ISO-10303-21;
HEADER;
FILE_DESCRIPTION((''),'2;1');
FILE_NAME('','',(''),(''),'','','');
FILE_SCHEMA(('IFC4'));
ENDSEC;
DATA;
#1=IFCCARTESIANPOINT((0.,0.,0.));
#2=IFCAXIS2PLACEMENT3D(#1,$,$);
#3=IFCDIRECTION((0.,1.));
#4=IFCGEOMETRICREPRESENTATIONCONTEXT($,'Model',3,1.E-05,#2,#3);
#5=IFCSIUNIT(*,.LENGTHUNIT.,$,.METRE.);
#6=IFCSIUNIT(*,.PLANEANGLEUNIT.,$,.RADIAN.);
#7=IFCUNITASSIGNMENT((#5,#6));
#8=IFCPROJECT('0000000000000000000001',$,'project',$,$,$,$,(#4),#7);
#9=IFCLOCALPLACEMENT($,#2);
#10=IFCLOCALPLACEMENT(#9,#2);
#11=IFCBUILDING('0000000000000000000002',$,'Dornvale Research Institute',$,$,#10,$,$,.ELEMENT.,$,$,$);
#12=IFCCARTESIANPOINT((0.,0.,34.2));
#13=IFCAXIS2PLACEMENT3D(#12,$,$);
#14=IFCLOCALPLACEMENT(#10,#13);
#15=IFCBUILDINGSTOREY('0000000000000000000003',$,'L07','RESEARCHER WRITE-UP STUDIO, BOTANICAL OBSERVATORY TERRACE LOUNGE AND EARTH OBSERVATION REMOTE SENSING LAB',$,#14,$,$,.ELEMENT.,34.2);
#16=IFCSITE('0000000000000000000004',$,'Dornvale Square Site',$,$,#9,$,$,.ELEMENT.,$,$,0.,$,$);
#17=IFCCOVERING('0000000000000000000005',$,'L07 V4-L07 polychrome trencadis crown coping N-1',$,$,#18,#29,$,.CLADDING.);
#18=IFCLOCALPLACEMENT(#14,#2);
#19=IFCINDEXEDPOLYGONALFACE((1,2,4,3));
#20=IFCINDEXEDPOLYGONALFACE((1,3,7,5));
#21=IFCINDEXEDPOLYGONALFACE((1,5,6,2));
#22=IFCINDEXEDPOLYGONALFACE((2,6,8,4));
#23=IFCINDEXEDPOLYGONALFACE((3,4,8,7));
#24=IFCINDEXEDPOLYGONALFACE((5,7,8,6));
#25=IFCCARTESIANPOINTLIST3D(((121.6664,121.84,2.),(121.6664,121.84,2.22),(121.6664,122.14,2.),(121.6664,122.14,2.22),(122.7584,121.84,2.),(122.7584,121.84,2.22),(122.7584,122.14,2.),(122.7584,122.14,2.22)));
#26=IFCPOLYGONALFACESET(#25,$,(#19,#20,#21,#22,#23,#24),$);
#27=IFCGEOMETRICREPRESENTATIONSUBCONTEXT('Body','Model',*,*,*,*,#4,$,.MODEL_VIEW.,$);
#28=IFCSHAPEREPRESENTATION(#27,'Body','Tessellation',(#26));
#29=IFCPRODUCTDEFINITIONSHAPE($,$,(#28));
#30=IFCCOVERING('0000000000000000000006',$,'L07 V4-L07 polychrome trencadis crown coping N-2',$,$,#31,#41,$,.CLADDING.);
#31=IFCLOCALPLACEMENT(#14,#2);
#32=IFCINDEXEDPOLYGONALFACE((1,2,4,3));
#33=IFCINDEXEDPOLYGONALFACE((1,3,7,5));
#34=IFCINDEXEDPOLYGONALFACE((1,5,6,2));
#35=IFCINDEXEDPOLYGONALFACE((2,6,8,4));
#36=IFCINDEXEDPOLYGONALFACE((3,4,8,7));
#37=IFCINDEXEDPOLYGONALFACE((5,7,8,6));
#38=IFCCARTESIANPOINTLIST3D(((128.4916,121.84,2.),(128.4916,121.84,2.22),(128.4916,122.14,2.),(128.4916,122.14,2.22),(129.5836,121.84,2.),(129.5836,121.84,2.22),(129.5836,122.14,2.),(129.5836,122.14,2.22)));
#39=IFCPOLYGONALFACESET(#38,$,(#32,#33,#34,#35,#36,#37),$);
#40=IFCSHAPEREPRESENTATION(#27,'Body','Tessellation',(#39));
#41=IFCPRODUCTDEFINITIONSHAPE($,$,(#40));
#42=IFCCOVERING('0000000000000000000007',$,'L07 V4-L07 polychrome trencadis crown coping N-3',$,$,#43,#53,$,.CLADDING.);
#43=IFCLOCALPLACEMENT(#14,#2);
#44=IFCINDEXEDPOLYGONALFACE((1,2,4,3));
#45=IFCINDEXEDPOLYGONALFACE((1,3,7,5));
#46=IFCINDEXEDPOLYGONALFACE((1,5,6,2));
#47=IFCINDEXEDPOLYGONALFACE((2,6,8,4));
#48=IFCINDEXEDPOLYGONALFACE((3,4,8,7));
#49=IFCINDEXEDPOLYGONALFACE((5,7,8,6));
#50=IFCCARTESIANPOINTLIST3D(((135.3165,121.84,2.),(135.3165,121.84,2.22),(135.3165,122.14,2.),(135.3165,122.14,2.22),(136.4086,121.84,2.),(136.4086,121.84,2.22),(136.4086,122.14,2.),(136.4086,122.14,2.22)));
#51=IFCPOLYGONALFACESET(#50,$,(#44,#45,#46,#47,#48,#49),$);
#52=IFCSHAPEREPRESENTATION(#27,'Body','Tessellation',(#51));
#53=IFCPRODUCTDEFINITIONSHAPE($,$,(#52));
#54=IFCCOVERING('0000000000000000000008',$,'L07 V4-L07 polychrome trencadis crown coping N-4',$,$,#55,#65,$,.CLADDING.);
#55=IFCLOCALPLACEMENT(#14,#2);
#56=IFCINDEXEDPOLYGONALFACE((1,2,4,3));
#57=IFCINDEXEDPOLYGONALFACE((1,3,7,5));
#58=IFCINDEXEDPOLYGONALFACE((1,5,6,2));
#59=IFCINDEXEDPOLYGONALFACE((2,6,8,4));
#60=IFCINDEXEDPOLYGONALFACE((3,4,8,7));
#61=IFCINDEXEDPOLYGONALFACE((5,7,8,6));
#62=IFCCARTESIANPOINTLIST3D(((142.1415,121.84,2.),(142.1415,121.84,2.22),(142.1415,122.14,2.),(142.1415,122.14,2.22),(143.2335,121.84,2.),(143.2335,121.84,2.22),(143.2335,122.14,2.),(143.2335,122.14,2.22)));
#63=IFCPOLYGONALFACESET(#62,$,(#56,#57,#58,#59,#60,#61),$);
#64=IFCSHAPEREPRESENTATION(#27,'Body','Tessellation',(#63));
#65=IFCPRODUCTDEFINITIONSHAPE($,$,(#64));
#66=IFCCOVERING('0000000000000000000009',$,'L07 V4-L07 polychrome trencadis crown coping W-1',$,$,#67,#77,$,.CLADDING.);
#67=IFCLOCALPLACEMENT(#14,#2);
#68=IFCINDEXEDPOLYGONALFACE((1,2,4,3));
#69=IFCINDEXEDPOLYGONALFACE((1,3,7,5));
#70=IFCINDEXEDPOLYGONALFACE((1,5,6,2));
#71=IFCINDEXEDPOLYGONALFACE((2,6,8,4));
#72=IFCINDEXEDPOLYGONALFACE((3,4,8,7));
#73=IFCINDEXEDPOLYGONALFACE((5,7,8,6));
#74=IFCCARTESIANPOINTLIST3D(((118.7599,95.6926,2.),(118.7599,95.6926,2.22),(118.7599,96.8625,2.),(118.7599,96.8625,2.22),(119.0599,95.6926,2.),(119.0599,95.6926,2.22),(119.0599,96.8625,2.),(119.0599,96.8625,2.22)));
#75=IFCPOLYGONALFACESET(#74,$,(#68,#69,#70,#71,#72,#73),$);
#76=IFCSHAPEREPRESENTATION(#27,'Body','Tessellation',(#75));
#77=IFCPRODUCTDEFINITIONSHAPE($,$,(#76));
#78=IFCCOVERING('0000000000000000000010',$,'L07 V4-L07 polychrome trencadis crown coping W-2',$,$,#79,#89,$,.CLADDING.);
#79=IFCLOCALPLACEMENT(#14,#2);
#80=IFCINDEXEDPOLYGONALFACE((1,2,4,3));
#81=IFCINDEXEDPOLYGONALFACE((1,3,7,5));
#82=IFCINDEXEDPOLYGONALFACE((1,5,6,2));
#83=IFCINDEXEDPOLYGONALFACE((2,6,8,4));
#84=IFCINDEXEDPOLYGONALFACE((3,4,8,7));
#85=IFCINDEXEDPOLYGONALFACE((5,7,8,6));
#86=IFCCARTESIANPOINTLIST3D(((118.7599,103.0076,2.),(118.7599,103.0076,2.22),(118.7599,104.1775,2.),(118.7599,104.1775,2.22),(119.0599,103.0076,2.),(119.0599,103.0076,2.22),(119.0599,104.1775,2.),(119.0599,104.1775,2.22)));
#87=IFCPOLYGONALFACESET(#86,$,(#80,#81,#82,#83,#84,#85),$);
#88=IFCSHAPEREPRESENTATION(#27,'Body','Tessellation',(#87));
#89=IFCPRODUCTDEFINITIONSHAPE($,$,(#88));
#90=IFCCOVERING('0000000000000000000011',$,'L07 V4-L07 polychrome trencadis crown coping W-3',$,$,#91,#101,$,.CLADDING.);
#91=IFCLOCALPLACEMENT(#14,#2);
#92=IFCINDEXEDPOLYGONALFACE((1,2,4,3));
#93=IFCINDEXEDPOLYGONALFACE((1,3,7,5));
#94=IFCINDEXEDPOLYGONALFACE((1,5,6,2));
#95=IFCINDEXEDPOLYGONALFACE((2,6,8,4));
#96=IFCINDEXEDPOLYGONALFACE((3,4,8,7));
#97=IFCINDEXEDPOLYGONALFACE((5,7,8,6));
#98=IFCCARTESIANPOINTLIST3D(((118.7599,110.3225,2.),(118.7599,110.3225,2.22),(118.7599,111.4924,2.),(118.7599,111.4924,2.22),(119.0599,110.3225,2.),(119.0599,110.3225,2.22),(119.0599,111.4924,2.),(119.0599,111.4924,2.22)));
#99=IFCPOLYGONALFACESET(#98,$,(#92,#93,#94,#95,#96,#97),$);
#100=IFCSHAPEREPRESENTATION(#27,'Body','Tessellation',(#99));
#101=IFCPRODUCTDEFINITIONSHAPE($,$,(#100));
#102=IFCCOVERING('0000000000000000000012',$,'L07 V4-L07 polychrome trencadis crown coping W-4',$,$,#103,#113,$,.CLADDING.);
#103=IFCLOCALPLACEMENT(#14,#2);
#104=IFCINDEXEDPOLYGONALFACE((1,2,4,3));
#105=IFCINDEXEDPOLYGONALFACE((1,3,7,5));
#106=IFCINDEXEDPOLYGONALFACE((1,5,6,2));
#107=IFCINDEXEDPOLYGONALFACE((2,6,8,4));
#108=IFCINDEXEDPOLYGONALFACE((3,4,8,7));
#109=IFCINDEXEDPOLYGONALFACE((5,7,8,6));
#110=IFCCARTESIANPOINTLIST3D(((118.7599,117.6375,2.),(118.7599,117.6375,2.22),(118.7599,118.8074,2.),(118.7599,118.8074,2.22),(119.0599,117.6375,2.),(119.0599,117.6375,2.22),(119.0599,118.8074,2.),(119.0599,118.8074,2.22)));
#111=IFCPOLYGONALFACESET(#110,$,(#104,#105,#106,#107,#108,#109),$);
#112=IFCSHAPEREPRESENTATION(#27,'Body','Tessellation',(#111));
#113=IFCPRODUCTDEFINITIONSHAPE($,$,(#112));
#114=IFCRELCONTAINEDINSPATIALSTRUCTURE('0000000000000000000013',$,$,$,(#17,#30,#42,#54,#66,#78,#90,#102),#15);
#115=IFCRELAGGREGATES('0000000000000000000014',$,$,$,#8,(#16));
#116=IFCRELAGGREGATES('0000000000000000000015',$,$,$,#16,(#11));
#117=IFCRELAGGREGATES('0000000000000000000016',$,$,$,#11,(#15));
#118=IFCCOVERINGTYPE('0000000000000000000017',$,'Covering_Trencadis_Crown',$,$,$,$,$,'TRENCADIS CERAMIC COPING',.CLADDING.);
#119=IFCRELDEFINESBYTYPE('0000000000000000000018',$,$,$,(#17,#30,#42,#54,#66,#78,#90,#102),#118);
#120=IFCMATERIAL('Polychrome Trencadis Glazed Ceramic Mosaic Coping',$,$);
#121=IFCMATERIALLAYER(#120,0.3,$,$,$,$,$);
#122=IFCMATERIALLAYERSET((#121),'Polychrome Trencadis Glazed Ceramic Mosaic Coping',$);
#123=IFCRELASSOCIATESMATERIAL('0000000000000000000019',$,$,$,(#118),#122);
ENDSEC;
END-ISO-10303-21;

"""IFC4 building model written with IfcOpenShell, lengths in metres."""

from ifc_helpers import new_model, si_unit, direction, frame, origin, origin_2d, place, context, subcontext, project, spatial, rectangle, extrude, material, layer, layer_set, type_object, element, save


model = new_model("IFC4")

# Units and contexts
model_context = context("Model", 3, precision=1e-05, world=origin(), true_north=direction((0.0, 1.0)))
body_context = subcontext(model_context, "Body", "Model", "MODEL_VIEW")
ifc_project = project(units=[si_unit("LENGTHUNIT", "METRE"), si_unit("PLANEANGLEUNIT", "RADIAN")], contexts=[model_context])

# Site, building, storey
site_placement = place(None, origin())
site = spatial("IfcSite", under=ifc_project, at=site_placement, Name="Dornvale Square Site", CompositionType="ELEMENT", RefElevation=0.0)
building_placement = place(site_placement, origin())
building = spatial("IfcBuilding", under=site, at=building_placement, Name="Dornvale Research Institute", CompositionType="ELEMENT")
storey_placement = place(building_placement, frame((0.0, 0.0, 34.2)))
storey = spatial("IfcBuildingStorey", under=building, at=storey_placement, Name="L07", Description="RESEARCHER WRITE-UP STUDIO, BOTANICAL OBSERVATORY TERRACE LOUNGE AND EARTH OBSERVATION REMOTE SENSING LAB", CompositionType="ELEMENT", Elevation=34.2)

# Coverings
ifc_material_1 = material(Name="Polychrome Trencadis Glazed Ceramic Mosaic Coping")
ifc_layer_1 = layer(ifc_material_1, 0.3)
ifc_layer_set_1 = layer_set([ifc_layer_1], Name="Polychrome Trencadis Glazed Ceramic Mosaic Coping")
covering_type = type_object("IfcCoveringType", Name="Covering_Trencadis_Crown", ElementType="TRENCADIS CERAMIC COPING", PredefinedType="CLADDING", material=ifc_layer_set_1)
for number, where, z_axis, x_axis, name in (
    (1, (122.2124, 121.99, 2.0), (0.0, 0.0, 1.0), (1.0, 0.0, 0.0), "L07 V4-L07 polychrome trencadis crown coping N-1"),
    (2, (129.0376, 121.99, 2.0), (0.0, 0.0, 1.0), (1.0, 0.0, 0.0), "L07 V4-L07 polychrome trencadis crown coping N-2"),
    (3, (135.8625, 121.99, 2.0), (0.0, 0.0, 1.0), (1.0, 0.0, 0.0), "L07 V4-L07 polychrome trencadis crown coping N-3"),
    (4, (142.6875, 121.99, 2.0), (0.0, 0.0, 1.0), (1.0, 0.0, 0.0), "L07 V4-L07 polychrome trencadis crown coping N-4"),
):
    element("IfcCovering", number, at=place(storey_placement, frame(where, z_axis=z_axis, x_axis=x_axis)), inside=storey, type_object=covering_type, Name=name, PredefinedType="CLADDING", context=body_context, shape_type="SweptSolid", body=[
        extrude(rectangle(XDim=1.092, YDim=0.3, at=origin_2d()), origin(), (0.0, 0.0, 1.0), 0.22),
    ])
for number, where, z_axis, x_axis, name in (
    (5, (118.9099, 96.2776, 2.0), (0.0, 0.0, 1.0), (0.0, 1.0, 0.0), "L07 V4-L07 polychrome trencadis crown coping W-1"),
    (6, (118.9099, 103.5925, 2.0), (0.0, 0.0, 1.0), (0.0, 1.0, 0.0), "L07 V4-L07 polychrome trencadis crown coping W-2"),
    (7, (118.9099, 110.9075, 2.0), (0.0, 0.0, 1.0), (0.0, 1.0, 0.0), "L07 V4-L07 polychrome trencadis crown coping W-3"),
    (8, (118.9099, 118.2224, 2.0), (0.0, 0.0, 1.0), (0.0, 1.0, 0.0), "L07 V4-L07 polychrome trencadis crown coping W-4"),
):
    element("IfcCovering", number, at=place(storey_placement, frame(where, z_axis=z_axis, x_axis=x_axis)), inside=storey, type_object=covering_type, Name=name, PredefinedType="CLADDING", context=body_context, shape_type="SweptSolid", body=[
        extrude(rectangle(XDim=1.1699, YDim=0.3, at=origin_2d()), origin(), (0.0, 0.0, 1.0), 0.22),
    ])

save(model, "model.ifc")
